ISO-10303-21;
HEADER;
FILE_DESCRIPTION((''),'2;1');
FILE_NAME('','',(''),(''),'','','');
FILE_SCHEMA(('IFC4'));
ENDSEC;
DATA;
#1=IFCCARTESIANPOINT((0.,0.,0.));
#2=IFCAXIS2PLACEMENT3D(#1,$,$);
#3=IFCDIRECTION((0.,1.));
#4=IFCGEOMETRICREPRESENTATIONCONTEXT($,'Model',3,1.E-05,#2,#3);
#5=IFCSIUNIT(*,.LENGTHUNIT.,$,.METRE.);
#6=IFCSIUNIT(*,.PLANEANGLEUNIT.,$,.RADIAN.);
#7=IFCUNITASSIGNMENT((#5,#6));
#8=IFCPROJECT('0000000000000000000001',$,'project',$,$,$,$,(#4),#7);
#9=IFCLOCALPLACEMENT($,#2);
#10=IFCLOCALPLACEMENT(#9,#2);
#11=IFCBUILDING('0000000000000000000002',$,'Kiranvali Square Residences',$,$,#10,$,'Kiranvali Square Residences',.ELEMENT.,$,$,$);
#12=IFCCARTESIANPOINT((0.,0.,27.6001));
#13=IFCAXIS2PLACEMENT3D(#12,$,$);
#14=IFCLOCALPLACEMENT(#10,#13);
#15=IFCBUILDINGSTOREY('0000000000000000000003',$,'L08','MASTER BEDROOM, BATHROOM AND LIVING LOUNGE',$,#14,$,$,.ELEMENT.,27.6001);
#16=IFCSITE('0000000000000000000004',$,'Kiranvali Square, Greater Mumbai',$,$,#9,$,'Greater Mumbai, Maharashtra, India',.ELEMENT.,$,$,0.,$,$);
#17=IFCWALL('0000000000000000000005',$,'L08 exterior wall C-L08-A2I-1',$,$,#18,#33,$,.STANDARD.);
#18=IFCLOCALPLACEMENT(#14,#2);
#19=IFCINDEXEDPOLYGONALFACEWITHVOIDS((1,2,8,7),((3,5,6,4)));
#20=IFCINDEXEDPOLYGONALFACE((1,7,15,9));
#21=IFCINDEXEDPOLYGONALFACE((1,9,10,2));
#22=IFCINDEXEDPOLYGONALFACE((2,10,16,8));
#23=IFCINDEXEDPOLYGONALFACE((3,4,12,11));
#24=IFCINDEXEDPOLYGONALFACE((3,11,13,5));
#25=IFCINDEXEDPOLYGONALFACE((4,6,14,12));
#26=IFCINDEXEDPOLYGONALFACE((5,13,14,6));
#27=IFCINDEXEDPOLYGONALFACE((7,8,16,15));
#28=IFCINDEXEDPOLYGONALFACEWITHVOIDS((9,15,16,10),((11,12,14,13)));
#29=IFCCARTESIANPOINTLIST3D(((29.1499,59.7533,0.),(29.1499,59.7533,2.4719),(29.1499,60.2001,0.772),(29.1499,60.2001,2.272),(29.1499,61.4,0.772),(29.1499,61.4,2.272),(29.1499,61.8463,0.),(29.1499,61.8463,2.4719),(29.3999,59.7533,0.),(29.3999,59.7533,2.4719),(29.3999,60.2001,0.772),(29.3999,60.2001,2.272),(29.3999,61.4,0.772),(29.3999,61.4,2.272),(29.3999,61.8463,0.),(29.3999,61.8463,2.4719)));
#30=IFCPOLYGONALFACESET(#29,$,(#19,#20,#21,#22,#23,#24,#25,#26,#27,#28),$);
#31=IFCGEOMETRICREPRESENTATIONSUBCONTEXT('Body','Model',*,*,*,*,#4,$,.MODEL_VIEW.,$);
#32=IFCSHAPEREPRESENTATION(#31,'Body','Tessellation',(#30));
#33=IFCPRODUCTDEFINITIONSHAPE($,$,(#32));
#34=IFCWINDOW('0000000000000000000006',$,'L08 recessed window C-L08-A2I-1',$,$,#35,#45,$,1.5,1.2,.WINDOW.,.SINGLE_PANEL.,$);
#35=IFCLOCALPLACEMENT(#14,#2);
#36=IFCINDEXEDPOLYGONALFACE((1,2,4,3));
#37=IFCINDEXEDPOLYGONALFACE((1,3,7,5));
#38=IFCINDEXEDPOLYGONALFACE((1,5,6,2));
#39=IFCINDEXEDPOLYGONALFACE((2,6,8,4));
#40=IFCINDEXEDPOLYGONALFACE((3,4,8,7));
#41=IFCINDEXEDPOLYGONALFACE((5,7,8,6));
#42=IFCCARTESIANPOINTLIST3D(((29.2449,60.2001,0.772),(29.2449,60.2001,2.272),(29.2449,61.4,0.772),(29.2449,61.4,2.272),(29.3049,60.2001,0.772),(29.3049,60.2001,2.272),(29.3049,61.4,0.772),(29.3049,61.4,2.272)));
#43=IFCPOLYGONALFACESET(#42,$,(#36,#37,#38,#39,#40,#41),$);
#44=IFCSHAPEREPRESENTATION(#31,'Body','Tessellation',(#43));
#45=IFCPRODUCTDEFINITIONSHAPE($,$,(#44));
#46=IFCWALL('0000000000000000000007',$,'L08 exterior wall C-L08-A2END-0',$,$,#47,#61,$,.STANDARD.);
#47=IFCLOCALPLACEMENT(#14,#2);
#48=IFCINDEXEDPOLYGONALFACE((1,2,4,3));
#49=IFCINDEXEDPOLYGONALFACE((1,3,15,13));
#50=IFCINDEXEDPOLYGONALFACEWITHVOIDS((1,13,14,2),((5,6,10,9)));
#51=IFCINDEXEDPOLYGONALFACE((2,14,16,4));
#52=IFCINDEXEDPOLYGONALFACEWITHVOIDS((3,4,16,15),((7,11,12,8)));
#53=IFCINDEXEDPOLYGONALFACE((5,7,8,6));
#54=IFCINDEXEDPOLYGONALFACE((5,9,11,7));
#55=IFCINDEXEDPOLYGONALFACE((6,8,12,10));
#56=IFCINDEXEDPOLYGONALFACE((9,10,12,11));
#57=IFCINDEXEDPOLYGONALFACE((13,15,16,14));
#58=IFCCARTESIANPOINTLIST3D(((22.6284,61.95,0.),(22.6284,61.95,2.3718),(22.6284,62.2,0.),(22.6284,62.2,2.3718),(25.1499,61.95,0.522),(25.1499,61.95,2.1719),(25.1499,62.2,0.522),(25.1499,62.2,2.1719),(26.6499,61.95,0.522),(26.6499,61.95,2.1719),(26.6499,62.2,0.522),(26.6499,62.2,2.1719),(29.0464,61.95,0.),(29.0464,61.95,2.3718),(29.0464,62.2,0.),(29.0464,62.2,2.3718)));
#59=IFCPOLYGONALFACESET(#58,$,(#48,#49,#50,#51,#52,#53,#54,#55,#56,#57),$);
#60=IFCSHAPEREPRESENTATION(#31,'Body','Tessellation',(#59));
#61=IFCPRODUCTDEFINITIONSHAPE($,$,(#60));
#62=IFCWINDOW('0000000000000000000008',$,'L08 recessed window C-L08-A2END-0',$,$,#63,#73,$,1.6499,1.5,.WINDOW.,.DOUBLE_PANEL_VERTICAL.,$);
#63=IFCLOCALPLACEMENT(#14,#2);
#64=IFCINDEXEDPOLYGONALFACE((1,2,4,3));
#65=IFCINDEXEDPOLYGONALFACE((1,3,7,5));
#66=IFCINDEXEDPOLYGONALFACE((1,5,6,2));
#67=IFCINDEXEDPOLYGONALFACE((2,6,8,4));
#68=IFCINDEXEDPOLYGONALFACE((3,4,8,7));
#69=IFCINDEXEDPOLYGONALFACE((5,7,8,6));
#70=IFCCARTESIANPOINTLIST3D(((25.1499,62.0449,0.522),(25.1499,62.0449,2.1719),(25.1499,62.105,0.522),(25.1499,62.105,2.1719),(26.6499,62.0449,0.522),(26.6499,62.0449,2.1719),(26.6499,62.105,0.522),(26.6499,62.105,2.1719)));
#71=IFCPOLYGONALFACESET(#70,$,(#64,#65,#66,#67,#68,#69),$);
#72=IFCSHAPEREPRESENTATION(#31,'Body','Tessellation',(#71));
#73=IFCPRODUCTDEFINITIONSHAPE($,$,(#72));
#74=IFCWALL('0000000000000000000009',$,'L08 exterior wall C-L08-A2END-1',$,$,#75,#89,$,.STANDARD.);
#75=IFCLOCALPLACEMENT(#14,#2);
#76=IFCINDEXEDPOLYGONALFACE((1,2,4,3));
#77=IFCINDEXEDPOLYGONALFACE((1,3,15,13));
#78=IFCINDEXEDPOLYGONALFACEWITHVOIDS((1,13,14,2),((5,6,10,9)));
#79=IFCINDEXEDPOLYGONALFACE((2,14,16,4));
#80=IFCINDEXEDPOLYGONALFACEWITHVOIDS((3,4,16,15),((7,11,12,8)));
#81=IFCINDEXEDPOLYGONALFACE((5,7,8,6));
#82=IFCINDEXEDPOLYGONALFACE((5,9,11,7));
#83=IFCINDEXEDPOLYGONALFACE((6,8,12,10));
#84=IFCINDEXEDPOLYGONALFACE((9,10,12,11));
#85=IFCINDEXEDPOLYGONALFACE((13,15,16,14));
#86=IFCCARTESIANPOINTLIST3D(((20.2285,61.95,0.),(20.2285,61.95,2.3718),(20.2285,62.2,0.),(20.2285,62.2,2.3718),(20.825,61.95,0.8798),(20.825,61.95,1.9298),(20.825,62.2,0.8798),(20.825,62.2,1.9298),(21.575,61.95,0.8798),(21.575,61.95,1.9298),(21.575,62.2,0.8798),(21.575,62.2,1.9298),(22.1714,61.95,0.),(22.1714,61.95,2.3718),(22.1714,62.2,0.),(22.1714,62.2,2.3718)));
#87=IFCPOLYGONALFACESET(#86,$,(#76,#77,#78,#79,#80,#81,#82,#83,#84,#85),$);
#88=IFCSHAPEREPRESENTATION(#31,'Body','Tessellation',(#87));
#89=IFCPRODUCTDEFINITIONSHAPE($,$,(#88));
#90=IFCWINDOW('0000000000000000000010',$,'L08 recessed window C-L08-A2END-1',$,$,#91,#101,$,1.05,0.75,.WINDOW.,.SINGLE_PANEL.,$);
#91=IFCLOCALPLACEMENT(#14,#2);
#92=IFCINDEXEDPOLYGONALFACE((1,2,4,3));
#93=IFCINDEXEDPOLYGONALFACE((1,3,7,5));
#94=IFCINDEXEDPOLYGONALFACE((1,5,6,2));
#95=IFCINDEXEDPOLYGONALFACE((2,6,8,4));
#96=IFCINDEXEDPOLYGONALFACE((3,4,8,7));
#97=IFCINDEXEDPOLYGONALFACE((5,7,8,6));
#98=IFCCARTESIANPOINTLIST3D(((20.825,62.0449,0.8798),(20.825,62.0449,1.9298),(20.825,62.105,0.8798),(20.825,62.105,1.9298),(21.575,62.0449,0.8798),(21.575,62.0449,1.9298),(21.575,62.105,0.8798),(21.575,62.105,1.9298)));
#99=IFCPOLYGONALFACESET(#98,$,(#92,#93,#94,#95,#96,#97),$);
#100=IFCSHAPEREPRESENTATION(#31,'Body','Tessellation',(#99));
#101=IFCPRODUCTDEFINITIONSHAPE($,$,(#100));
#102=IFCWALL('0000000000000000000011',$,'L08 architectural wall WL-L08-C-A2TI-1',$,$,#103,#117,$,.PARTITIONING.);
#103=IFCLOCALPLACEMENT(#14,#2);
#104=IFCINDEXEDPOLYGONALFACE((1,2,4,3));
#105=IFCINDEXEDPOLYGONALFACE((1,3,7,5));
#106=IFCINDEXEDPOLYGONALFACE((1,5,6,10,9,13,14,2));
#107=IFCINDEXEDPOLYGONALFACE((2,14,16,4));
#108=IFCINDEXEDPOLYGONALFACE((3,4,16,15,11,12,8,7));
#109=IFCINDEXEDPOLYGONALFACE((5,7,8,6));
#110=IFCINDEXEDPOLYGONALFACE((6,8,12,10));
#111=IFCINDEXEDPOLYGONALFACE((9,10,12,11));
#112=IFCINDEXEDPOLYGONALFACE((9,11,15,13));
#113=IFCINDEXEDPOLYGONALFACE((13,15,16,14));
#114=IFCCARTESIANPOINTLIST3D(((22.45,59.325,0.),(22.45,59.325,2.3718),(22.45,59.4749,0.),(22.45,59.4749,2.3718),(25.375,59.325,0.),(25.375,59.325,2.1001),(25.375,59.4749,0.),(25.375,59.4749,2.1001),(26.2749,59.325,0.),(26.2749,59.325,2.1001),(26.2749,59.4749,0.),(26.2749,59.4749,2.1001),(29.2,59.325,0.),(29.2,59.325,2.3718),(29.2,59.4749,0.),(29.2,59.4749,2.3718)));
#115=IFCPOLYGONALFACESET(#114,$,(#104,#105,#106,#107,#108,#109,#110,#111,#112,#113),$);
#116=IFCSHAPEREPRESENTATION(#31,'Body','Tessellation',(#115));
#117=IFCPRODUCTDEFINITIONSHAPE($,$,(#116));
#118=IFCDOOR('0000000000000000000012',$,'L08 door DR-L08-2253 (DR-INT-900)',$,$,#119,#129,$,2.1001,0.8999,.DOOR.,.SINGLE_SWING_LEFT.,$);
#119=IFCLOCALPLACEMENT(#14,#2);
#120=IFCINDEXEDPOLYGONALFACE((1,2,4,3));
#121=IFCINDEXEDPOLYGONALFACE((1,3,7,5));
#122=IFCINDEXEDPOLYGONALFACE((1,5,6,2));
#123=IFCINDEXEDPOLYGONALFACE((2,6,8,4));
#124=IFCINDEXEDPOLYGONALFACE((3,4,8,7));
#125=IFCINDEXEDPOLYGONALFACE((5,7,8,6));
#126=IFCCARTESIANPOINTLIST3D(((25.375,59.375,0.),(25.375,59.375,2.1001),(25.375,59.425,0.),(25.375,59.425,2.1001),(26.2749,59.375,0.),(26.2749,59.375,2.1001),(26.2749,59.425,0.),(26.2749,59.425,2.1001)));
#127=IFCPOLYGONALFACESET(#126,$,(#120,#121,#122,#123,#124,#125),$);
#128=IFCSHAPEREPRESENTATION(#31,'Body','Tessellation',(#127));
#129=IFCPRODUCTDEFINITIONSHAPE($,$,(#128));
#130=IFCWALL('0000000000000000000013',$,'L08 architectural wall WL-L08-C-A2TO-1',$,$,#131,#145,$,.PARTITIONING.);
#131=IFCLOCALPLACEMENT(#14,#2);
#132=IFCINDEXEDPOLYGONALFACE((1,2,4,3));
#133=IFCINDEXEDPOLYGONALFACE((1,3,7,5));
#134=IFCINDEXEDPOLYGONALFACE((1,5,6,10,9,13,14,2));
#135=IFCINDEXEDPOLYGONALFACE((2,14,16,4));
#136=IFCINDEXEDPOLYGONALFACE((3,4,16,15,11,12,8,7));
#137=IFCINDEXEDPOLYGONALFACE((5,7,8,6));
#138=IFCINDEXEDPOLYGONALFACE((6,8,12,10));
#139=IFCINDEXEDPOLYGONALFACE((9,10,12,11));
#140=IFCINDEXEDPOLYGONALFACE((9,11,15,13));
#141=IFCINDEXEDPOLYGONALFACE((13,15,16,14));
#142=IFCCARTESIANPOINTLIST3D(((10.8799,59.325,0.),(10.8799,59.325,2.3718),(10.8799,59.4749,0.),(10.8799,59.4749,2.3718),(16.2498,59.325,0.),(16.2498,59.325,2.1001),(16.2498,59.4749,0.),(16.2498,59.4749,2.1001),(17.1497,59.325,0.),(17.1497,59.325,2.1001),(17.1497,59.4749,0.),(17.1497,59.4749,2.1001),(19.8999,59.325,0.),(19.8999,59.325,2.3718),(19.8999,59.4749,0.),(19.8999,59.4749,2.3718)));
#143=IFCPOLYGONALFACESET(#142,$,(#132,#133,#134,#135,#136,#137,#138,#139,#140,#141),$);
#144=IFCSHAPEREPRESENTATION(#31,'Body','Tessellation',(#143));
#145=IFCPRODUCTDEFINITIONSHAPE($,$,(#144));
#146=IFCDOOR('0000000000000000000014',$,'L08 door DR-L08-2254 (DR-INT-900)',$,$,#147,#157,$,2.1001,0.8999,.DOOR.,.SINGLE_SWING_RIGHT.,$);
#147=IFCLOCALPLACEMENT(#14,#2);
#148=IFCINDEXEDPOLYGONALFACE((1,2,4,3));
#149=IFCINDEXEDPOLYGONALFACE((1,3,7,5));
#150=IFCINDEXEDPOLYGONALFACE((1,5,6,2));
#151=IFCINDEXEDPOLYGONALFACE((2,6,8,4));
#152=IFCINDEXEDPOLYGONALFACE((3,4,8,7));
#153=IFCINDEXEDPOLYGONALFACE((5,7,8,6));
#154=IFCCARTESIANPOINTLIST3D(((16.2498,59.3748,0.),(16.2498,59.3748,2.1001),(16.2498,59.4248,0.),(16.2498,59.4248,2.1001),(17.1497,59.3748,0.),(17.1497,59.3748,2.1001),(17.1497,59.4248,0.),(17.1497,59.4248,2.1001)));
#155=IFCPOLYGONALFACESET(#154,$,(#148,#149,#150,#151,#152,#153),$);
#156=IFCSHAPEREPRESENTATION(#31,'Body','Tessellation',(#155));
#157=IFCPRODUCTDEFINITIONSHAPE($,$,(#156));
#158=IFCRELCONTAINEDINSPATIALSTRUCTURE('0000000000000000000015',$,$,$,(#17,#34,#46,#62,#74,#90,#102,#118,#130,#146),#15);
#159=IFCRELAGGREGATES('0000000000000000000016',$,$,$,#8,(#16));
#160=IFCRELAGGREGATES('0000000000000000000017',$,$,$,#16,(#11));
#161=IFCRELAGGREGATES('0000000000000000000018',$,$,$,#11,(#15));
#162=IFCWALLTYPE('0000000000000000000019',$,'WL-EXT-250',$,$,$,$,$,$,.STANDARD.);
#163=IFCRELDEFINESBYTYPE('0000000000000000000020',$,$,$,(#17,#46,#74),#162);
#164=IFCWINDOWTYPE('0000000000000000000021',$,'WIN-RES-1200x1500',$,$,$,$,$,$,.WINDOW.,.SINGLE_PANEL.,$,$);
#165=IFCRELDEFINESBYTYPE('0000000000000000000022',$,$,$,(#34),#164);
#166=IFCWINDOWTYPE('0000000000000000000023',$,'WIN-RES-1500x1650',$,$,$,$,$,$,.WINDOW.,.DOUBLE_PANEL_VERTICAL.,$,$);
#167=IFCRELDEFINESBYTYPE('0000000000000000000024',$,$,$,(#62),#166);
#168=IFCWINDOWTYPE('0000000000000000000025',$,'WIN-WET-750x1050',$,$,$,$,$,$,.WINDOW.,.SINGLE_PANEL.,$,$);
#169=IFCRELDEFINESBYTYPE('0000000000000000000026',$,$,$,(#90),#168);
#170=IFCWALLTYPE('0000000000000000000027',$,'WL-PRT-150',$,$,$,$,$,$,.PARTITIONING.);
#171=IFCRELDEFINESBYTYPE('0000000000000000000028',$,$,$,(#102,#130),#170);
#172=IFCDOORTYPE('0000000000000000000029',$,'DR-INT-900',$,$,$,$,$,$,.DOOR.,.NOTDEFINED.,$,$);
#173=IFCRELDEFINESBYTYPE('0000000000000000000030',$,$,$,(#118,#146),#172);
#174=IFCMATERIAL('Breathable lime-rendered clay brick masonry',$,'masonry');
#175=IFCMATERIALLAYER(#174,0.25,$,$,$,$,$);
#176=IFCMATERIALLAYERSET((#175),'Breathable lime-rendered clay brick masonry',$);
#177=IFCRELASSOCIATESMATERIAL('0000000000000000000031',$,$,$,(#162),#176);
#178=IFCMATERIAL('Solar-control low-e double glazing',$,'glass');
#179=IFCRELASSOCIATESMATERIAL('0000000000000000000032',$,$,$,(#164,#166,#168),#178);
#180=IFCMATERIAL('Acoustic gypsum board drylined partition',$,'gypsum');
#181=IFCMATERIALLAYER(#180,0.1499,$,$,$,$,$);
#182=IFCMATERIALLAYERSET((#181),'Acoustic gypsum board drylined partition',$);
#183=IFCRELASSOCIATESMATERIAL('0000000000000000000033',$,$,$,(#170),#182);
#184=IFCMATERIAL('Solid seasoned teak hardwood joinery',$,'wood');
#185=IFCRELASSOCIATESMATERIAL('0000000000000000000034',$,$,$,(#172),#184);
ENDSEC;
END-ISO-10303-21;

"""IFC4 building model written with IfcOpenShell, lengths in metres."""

from ifc_helpers import new_model, si_unit, direction, frame, frame_2d, origin, place, context, subcontext, project, spatial, rectangle, extrude, material, layer, layer_set, type_object, element, fill, save


model = new_model("IFC4")

# Units and contexts
model_context = context("Model", 3, precision=1e-05, world=origin(), true_north=direction((0.0, 1.0)))
body_context = subcontext(model_context, "Body", "Model", "MODEL_VIEW")
ifc_project = project(units=[si_unit("LENGTHUNIT", "METRE"), si_unit("PLANEANGLEUNIT", "RADIAN")], contexts=[model_context])

# Site, building, storey
site_placement = place(None, origin())
site = spatial("IfcSite", under=ifc_project, at=site_placement, Name="Kiranvali Square, Greater Mumbai", LongName="Greater Mumbai, Maharashtra, India", CompositionType="ELEMENT", RefElevation=0.0)
building_placement = place(site_placement, origin())
building = spatial("IfcBuilding", under=site, at=building_placement, Name="Kiranvali Square Residences", LongName="Kiranvali Square Residences", CompositionType="ELEMENT")
storey_placement = place(building_placement, frame((0.0, 0.0, 27.6001)))
storey = spatial("IfcBuildingStorey", under=building, at=storey_placement, Name="L08", Description="MASTER BEDROOM, BATHROOM AND LIVING LOUNGE", CompositionType="ELEMENT", Elevation=27.6001)

# Walls, openings, windows
ifc_material_1 = material(Name="Breathable lime-rendered clay brick masonry", Category="masonry")
ifc_layer_1 = layer(ifc_material_1, 0.25)
ifc_layer_set_1 = layer_set([ifc_layer_1], Name="Breathable lime-rendered clay brick masonry")
wall_type_1 = type_object("IfcWallType", Name="WL-EXT-250", PredefinedType="STANDARD", material=ifc_layer_set_1)
ifc_material_2 = material(Name="Solar-control low-e double glazing", Category="glass")
window_type_1 = type_object("IfcWindowType", Name="WIN-RES-1200x1500", PartitioningType="SINGLE_PANEL", PredefinedType="WINDOW", material=ifc_material_2)
wall_1_placement = place(storey_placement, frame((29.2749, 59.7534, 0.0), z_axis=(0.0, 0.0, 1.0), x_axis=(0.0, 1.0, 0.0)))
wall_1 = element("IfcWall", 1, at=wall_1_placement, inside=storey, type_object=wall_type_1, Name="L08 exterior wall C-L08-A2I-1", PredefinedType="STANDARD", context=body_context, shape_type="SweptSolid", body=[
    extrude(rectangle(XDim=2.093, YDim=0.25, at=frame_2d((1.0464, 0.0))), origin(), (0.0, 0.0, 1.0), 2.4719),
])
opening_1_placement = place(wall_1_placement, frame((0.4465, 0.0, 0.772)))
opening_1 = element("IfcOpeningElement", 2, at=opening_1_placement, cuts=wall_1, PredefinedType="OPENING", context=body_context, shape_type="SweptSolid", body=[
    extrude(rectangle(XDim=1.2, YDim=1.5, at=frame_2d((0.6001, 0.75))), frame((0.0, 0.135, 0.0), z_axis=(0.0, -1.0, 0.0), x_axis=(1.0, 0.0, 0.0)), (0.0, 0.0, 1.0), 0.27),
])
window_1_placement = place(opening_1_placement, origin())
window_1 = element("IfcWindow", 3, at=window_1_placement, inside=storey, type_object=window_type_1, Name="L08 recessed window C-L08-A2I-1", OverallHeight=1.5, OverallWidth=1.2, PartitioningType="SINGLE_PANEL", PredefinedType="WINDOW", context=body_context, shape_type="SweptSolid", body=[
    extrude(rectangle(XDim=1.2, YDim=1.5, at=frame_2d((0.6001, 0.75))), frame((0.0, 0.03, 0.0), z_axis=(0.0, -1.0, 0.0), x_axis=(1.0, 0.0, 0.0)), (0.0, 0.0, 1.0), 0.0601),
])
fill(opening_1, window_1)
wall_2_placement = place(storey_placement, frame((29.0464, 62.075, 0.0), z_axis=(0.0, 0.0, 1.0), x_axis=(-1.0, 0.0, 0.0)))
wall_2 = element("IfcWall", 4, at=wall_2_placement, inside=storey, type_object=wall_type_1, Name="L08 exterior wall C-L08-A2END-0", PredefinedType="STANDARD", context=body_context, shape_type="SweptSolid", body=[
    extrude(rectangle(XDim=6.418, YDim=0.25, at=frame_2d((3.209, 0.0))), origin(), (0.0, 0.0, 1.0), 2.3718),
])
opening_2_placement = place(wall_2_placement, frame((2.3965, 0.0, 0.522)))
opening_2 = element("IfcOpeningElement", 5, at=opening_2_placement, cuts=wall_2, PredefinedType="OPENING", context=body_context, shape_type="SweptSolid", body=[
    extrude(rectangle(XDim=1.5, YDim=1.6499, at=frame_2d((0.75, 0.825))), frame((0.0, 0.135, 0.0), z_axis=(0.0, -1.0, 0.0), x_axis=(1.0, 0.0, 0.0)), (0.0, 0.0, 1.0), 0.27),
])
window_type_2 = type_object("IfcWindowType", Name="WIN-RES-1500x1650", PartitioningType="DOUBLE_PANEL_VERTICAL", PredefinedType="WINDOW", material=ifc_material_2)
window_2_placement = place(opening_2_placement, origin())
window_2 = element("IfcWindow", 6, at=window_2_placement, inside=storey, type_object=window_type_2, Name="L08 recessed window C-L08-A2END-0", OverallHeight=1.6499, OverallWidth=1.5, PartitioningType="DOUBLE_PANEL_VERTICAL", PredefinedType="WINDOW", context=body_context, shape_type="SweptSolid", body=[
    extrude(rectangle(XDim=1.5, YDim=1.6499, at=frame_2d((0.75, 0.825))), frame((0.0, 0.03, 0.0), z_axis=(0.0, -1.0, 0.0), x_axis=(1.0, 0.0, 0.0)), (0.0, 0.0, 1.0), 0.0601),
])
fill(opening_2, window_2)
wall_3_placement = place(storey_placement, frame((22.1714, 62.075, 0.0), z_axis=(0.0, 0.0, 1.0), x_axis=(-1.0, 0.0, 0.0)))
wall_3 = element("IfcWall", 7, at=wall_3_placement, inside=storey, type_object=wall_type_1, Name="L08 exterior wall C-L08-A2END-1", PredefinedType="STANDARD", context=body_context, shape_type="SweptSolid", body=[
    extrude(rectangle(XDim=1.9429, YDim=0.25, at=frame_2d((0.9714, 0.0))), origin(), (0.0, 0.0, 1.0), 2.3718),
])
opening_3_placement = place(wall_3_placement, frame((0.5964, 0.0, 0.8799)))
opening_3 = element("IfcOpeningElement", 8, at=opening_3_placement, cuts=wall_3, PredefinedType="OPENING", context=body_context, shape_type="SweptSolid", body=[
    extrude(rectangle(XDim=0.75, YDim=1.05, at=frame_2d((0.375, 0.5249))), frame((0.0, 0.135, 0.0), z_axis=(0.0, -1.0, 0.0), x_axis=(1.0, 0.0, 0.0)), (0.0, 0.0, 1.0), 0.27),
])
window_type_3 = type_object("IfcWindowType", Name="WIN-WET-750x1050", PartitioningType="SINGLE_PANEL", PredefinedType="WINDOW", material=ifc_material_2)
window_3_placement = place(opening_3_placement, origin())
window_3 = element("IfcWindow", 9, at=window_3_placement, inside=storey, type_object=window_type_3, Name="L08 recessed window C-L08-A2END-1", OverallHeight=1.05, OverallWidth=0.75, PartitioningType="SINGLE_PANEL", PredefinedType="WINDOW", context=body_context, shape_type="SweptSolid", body=[
    extrude(rectangle(XDim=0.75, YDim=1.05, at=frame_2d((0.375, 0.5249))), frame((0.0, 0.03, 0.0), z_axis=(0.0, -1.0, 0.0), x_axis=(1.0, 0.0, 0.0)), (0.0, 0.0, 1.0), 0.0601),
])
fill(opening_3, window_3)

# Walls, openings, doors
ifc_material_3 = material(Name="Acoustic gypsum board drylined partition", Category="gypsum")
ifc_layer_2 = layer(ifc_material_3, 0.1499)
ifc_layer_set_2 = layer_set([ifc_layer_2], Name="Acoustic gypsum board drylined partition")
wall_type_2 = type_object("IfcWallType", Name="WL-PRT-150", PredefinedType="PARTITIONING", material=ifc_layer_set_2)
wall_4_placement = place(storey_placement, frame((29.2, 59.3999, 0.0), z_axis=(0.0, 0.0, 1.0), x_axis=(-1.0, 0.0, 0.0)))
wall_4 = element("IfcWall", 10, at=wall_4_placement, inside=storey, type_object=wall_type_2, Name="L08 architectural wall WL-L08-C-A2TI-1", PredefinedType="PARTITIONING", context=body_context, shape_type="SweptSolid", body=[
    extrude(rectangle(XDim=6.75, YDim=0.1499, at=frame_2d((3.375, 0.0))), origin(), (0.0, 0.0, 1.0), 2.3718),
])
opening_4_placement = place(wall_4_placement, frame((2.925, 0.0, 0.0)))
opening_4 = element("IfcOpeningElement", 11, at=opening_4_placement, cuts=wall_4, PredefinedType="OPENING", context=body_context, shape_type="SweptSolid", body=[
    extrude(rectangle(XDim=0.8999, YDim=2.1001, at=frame_2d((0.45, 1.05))), frame((0.0, 0.085, 0.0), z_axis=(0.0, -1.0, 0.0), x_axis=(1.0, 0.0, 0.0)), (0.0, 0.0, 1.0), 0.1699),
])
ifc_material_4 = material(Name="Solid seasoned teak hardwood joinery", Category="wood")
door_type = type_object("IfcDoorType", Name="DR-INT-900", OperationType="NOTDEFINED", PredefinedType="DOOR", material=ifc_material_4)
door_1_placement = place(opening_4_placement, origin())
door_1 = element("IfcDoor", 12, at=door_1_placement, inside=storey, type_object=door_type, Name="L08 door DR-L08-2253 (DR-INT-900)", OperationType="SINGLE_SWING_LEFT", OverallHeight=2.1001, OverallWidth=0.8999, PredefinedType="DOOR", context=body_context, shape_type="SweptSolid", body=[
    extrude(rectangle(XDim=0.8999, YDim=2.1001, at=frame_2d((0.45, 1.05))), frame((0.0, 0.0249, 0.0), z_axis=(0.0, -1.0, 0.0), x_axis=(1.0, 0.0, 0.0)), (0.0, 0.0, 1.0), 0.05),
])
fill(opening_4, door_1)
wall_5_placement = place(storey_placement, frame((19.8999, 59.3999, 0.0), z_axis=(0.0, 0.0, 1.0), x_axis=(-1.0, 0.0, 0.0)))
wall_5 = element("IfcWall", 13, at=wall_5_placement, inside=storey, type_object=wall_type_2, Name="L08 architectural wall WL-L08-C-A2TO-1", PredefinedType="PARTITIONING", context=body_context, shape_type="SweptSolid", body=[
    extrude(rectangle(XDim=9.02, YDim=0.1499, at=frame_2d((4.51, 0.0))), origin(), (0.0, 0.0, 1.0), 2.3718),
])
opening_5_placement = place(wall_5_placement, frame((2.7502, 0.0, 0.0)))
opening_5 = element("IfcOpeningElement", 14, at=opening_5_placement, cuts=wall_5, PredefinedType="OPENING", context=body_context, shape_type="SweptSolid", body=[
    extrude(rectangle(XDim=0.8999, YDim=2.1001, at=frame_2d((0.45, 1.05))), frame((0.0, 0.085, 0.0), z_axis=(0.0, -1.0, 0.0), x_axis=(1.0, 0.0, 0.0)), (0.0, 0.0, 1.0), 0.1699),
])
door_2_placement = place(opening_5_placement, frame((0.8999, 0.0, 0.0), z_axis=(0.0, 0.0, 1.0), x_axis=(-1.0, 0.0, 0.0)))
door_2 = element("IfcDoor", 15, at=door_2_placement, inside=storey, type_object=door_type, Name="L08 door DR-L08-2254 (DR-INT-900)", OperationType="SINGLE_SWING_RIGHT", OverallHeight=2.1001, OverallWidth=0.8999, PredefinedType="DOOR", context=body_context, shape_type="SweptSolid", body=[
    extrude(rectangle(XDim=0.8999, YDim=2.1001, at=frame_2d((0.45, 1.05))), frame((0.0, 0.0249, 0.0), z_axis=(0.0, -1.0, 0.0), x_axis=(1.0, 0.0, 0.0)), (0.0, 0.0, 1.0), 0.05),
])
fill(opening_5, door_2)

save(model, "model.ifc")
